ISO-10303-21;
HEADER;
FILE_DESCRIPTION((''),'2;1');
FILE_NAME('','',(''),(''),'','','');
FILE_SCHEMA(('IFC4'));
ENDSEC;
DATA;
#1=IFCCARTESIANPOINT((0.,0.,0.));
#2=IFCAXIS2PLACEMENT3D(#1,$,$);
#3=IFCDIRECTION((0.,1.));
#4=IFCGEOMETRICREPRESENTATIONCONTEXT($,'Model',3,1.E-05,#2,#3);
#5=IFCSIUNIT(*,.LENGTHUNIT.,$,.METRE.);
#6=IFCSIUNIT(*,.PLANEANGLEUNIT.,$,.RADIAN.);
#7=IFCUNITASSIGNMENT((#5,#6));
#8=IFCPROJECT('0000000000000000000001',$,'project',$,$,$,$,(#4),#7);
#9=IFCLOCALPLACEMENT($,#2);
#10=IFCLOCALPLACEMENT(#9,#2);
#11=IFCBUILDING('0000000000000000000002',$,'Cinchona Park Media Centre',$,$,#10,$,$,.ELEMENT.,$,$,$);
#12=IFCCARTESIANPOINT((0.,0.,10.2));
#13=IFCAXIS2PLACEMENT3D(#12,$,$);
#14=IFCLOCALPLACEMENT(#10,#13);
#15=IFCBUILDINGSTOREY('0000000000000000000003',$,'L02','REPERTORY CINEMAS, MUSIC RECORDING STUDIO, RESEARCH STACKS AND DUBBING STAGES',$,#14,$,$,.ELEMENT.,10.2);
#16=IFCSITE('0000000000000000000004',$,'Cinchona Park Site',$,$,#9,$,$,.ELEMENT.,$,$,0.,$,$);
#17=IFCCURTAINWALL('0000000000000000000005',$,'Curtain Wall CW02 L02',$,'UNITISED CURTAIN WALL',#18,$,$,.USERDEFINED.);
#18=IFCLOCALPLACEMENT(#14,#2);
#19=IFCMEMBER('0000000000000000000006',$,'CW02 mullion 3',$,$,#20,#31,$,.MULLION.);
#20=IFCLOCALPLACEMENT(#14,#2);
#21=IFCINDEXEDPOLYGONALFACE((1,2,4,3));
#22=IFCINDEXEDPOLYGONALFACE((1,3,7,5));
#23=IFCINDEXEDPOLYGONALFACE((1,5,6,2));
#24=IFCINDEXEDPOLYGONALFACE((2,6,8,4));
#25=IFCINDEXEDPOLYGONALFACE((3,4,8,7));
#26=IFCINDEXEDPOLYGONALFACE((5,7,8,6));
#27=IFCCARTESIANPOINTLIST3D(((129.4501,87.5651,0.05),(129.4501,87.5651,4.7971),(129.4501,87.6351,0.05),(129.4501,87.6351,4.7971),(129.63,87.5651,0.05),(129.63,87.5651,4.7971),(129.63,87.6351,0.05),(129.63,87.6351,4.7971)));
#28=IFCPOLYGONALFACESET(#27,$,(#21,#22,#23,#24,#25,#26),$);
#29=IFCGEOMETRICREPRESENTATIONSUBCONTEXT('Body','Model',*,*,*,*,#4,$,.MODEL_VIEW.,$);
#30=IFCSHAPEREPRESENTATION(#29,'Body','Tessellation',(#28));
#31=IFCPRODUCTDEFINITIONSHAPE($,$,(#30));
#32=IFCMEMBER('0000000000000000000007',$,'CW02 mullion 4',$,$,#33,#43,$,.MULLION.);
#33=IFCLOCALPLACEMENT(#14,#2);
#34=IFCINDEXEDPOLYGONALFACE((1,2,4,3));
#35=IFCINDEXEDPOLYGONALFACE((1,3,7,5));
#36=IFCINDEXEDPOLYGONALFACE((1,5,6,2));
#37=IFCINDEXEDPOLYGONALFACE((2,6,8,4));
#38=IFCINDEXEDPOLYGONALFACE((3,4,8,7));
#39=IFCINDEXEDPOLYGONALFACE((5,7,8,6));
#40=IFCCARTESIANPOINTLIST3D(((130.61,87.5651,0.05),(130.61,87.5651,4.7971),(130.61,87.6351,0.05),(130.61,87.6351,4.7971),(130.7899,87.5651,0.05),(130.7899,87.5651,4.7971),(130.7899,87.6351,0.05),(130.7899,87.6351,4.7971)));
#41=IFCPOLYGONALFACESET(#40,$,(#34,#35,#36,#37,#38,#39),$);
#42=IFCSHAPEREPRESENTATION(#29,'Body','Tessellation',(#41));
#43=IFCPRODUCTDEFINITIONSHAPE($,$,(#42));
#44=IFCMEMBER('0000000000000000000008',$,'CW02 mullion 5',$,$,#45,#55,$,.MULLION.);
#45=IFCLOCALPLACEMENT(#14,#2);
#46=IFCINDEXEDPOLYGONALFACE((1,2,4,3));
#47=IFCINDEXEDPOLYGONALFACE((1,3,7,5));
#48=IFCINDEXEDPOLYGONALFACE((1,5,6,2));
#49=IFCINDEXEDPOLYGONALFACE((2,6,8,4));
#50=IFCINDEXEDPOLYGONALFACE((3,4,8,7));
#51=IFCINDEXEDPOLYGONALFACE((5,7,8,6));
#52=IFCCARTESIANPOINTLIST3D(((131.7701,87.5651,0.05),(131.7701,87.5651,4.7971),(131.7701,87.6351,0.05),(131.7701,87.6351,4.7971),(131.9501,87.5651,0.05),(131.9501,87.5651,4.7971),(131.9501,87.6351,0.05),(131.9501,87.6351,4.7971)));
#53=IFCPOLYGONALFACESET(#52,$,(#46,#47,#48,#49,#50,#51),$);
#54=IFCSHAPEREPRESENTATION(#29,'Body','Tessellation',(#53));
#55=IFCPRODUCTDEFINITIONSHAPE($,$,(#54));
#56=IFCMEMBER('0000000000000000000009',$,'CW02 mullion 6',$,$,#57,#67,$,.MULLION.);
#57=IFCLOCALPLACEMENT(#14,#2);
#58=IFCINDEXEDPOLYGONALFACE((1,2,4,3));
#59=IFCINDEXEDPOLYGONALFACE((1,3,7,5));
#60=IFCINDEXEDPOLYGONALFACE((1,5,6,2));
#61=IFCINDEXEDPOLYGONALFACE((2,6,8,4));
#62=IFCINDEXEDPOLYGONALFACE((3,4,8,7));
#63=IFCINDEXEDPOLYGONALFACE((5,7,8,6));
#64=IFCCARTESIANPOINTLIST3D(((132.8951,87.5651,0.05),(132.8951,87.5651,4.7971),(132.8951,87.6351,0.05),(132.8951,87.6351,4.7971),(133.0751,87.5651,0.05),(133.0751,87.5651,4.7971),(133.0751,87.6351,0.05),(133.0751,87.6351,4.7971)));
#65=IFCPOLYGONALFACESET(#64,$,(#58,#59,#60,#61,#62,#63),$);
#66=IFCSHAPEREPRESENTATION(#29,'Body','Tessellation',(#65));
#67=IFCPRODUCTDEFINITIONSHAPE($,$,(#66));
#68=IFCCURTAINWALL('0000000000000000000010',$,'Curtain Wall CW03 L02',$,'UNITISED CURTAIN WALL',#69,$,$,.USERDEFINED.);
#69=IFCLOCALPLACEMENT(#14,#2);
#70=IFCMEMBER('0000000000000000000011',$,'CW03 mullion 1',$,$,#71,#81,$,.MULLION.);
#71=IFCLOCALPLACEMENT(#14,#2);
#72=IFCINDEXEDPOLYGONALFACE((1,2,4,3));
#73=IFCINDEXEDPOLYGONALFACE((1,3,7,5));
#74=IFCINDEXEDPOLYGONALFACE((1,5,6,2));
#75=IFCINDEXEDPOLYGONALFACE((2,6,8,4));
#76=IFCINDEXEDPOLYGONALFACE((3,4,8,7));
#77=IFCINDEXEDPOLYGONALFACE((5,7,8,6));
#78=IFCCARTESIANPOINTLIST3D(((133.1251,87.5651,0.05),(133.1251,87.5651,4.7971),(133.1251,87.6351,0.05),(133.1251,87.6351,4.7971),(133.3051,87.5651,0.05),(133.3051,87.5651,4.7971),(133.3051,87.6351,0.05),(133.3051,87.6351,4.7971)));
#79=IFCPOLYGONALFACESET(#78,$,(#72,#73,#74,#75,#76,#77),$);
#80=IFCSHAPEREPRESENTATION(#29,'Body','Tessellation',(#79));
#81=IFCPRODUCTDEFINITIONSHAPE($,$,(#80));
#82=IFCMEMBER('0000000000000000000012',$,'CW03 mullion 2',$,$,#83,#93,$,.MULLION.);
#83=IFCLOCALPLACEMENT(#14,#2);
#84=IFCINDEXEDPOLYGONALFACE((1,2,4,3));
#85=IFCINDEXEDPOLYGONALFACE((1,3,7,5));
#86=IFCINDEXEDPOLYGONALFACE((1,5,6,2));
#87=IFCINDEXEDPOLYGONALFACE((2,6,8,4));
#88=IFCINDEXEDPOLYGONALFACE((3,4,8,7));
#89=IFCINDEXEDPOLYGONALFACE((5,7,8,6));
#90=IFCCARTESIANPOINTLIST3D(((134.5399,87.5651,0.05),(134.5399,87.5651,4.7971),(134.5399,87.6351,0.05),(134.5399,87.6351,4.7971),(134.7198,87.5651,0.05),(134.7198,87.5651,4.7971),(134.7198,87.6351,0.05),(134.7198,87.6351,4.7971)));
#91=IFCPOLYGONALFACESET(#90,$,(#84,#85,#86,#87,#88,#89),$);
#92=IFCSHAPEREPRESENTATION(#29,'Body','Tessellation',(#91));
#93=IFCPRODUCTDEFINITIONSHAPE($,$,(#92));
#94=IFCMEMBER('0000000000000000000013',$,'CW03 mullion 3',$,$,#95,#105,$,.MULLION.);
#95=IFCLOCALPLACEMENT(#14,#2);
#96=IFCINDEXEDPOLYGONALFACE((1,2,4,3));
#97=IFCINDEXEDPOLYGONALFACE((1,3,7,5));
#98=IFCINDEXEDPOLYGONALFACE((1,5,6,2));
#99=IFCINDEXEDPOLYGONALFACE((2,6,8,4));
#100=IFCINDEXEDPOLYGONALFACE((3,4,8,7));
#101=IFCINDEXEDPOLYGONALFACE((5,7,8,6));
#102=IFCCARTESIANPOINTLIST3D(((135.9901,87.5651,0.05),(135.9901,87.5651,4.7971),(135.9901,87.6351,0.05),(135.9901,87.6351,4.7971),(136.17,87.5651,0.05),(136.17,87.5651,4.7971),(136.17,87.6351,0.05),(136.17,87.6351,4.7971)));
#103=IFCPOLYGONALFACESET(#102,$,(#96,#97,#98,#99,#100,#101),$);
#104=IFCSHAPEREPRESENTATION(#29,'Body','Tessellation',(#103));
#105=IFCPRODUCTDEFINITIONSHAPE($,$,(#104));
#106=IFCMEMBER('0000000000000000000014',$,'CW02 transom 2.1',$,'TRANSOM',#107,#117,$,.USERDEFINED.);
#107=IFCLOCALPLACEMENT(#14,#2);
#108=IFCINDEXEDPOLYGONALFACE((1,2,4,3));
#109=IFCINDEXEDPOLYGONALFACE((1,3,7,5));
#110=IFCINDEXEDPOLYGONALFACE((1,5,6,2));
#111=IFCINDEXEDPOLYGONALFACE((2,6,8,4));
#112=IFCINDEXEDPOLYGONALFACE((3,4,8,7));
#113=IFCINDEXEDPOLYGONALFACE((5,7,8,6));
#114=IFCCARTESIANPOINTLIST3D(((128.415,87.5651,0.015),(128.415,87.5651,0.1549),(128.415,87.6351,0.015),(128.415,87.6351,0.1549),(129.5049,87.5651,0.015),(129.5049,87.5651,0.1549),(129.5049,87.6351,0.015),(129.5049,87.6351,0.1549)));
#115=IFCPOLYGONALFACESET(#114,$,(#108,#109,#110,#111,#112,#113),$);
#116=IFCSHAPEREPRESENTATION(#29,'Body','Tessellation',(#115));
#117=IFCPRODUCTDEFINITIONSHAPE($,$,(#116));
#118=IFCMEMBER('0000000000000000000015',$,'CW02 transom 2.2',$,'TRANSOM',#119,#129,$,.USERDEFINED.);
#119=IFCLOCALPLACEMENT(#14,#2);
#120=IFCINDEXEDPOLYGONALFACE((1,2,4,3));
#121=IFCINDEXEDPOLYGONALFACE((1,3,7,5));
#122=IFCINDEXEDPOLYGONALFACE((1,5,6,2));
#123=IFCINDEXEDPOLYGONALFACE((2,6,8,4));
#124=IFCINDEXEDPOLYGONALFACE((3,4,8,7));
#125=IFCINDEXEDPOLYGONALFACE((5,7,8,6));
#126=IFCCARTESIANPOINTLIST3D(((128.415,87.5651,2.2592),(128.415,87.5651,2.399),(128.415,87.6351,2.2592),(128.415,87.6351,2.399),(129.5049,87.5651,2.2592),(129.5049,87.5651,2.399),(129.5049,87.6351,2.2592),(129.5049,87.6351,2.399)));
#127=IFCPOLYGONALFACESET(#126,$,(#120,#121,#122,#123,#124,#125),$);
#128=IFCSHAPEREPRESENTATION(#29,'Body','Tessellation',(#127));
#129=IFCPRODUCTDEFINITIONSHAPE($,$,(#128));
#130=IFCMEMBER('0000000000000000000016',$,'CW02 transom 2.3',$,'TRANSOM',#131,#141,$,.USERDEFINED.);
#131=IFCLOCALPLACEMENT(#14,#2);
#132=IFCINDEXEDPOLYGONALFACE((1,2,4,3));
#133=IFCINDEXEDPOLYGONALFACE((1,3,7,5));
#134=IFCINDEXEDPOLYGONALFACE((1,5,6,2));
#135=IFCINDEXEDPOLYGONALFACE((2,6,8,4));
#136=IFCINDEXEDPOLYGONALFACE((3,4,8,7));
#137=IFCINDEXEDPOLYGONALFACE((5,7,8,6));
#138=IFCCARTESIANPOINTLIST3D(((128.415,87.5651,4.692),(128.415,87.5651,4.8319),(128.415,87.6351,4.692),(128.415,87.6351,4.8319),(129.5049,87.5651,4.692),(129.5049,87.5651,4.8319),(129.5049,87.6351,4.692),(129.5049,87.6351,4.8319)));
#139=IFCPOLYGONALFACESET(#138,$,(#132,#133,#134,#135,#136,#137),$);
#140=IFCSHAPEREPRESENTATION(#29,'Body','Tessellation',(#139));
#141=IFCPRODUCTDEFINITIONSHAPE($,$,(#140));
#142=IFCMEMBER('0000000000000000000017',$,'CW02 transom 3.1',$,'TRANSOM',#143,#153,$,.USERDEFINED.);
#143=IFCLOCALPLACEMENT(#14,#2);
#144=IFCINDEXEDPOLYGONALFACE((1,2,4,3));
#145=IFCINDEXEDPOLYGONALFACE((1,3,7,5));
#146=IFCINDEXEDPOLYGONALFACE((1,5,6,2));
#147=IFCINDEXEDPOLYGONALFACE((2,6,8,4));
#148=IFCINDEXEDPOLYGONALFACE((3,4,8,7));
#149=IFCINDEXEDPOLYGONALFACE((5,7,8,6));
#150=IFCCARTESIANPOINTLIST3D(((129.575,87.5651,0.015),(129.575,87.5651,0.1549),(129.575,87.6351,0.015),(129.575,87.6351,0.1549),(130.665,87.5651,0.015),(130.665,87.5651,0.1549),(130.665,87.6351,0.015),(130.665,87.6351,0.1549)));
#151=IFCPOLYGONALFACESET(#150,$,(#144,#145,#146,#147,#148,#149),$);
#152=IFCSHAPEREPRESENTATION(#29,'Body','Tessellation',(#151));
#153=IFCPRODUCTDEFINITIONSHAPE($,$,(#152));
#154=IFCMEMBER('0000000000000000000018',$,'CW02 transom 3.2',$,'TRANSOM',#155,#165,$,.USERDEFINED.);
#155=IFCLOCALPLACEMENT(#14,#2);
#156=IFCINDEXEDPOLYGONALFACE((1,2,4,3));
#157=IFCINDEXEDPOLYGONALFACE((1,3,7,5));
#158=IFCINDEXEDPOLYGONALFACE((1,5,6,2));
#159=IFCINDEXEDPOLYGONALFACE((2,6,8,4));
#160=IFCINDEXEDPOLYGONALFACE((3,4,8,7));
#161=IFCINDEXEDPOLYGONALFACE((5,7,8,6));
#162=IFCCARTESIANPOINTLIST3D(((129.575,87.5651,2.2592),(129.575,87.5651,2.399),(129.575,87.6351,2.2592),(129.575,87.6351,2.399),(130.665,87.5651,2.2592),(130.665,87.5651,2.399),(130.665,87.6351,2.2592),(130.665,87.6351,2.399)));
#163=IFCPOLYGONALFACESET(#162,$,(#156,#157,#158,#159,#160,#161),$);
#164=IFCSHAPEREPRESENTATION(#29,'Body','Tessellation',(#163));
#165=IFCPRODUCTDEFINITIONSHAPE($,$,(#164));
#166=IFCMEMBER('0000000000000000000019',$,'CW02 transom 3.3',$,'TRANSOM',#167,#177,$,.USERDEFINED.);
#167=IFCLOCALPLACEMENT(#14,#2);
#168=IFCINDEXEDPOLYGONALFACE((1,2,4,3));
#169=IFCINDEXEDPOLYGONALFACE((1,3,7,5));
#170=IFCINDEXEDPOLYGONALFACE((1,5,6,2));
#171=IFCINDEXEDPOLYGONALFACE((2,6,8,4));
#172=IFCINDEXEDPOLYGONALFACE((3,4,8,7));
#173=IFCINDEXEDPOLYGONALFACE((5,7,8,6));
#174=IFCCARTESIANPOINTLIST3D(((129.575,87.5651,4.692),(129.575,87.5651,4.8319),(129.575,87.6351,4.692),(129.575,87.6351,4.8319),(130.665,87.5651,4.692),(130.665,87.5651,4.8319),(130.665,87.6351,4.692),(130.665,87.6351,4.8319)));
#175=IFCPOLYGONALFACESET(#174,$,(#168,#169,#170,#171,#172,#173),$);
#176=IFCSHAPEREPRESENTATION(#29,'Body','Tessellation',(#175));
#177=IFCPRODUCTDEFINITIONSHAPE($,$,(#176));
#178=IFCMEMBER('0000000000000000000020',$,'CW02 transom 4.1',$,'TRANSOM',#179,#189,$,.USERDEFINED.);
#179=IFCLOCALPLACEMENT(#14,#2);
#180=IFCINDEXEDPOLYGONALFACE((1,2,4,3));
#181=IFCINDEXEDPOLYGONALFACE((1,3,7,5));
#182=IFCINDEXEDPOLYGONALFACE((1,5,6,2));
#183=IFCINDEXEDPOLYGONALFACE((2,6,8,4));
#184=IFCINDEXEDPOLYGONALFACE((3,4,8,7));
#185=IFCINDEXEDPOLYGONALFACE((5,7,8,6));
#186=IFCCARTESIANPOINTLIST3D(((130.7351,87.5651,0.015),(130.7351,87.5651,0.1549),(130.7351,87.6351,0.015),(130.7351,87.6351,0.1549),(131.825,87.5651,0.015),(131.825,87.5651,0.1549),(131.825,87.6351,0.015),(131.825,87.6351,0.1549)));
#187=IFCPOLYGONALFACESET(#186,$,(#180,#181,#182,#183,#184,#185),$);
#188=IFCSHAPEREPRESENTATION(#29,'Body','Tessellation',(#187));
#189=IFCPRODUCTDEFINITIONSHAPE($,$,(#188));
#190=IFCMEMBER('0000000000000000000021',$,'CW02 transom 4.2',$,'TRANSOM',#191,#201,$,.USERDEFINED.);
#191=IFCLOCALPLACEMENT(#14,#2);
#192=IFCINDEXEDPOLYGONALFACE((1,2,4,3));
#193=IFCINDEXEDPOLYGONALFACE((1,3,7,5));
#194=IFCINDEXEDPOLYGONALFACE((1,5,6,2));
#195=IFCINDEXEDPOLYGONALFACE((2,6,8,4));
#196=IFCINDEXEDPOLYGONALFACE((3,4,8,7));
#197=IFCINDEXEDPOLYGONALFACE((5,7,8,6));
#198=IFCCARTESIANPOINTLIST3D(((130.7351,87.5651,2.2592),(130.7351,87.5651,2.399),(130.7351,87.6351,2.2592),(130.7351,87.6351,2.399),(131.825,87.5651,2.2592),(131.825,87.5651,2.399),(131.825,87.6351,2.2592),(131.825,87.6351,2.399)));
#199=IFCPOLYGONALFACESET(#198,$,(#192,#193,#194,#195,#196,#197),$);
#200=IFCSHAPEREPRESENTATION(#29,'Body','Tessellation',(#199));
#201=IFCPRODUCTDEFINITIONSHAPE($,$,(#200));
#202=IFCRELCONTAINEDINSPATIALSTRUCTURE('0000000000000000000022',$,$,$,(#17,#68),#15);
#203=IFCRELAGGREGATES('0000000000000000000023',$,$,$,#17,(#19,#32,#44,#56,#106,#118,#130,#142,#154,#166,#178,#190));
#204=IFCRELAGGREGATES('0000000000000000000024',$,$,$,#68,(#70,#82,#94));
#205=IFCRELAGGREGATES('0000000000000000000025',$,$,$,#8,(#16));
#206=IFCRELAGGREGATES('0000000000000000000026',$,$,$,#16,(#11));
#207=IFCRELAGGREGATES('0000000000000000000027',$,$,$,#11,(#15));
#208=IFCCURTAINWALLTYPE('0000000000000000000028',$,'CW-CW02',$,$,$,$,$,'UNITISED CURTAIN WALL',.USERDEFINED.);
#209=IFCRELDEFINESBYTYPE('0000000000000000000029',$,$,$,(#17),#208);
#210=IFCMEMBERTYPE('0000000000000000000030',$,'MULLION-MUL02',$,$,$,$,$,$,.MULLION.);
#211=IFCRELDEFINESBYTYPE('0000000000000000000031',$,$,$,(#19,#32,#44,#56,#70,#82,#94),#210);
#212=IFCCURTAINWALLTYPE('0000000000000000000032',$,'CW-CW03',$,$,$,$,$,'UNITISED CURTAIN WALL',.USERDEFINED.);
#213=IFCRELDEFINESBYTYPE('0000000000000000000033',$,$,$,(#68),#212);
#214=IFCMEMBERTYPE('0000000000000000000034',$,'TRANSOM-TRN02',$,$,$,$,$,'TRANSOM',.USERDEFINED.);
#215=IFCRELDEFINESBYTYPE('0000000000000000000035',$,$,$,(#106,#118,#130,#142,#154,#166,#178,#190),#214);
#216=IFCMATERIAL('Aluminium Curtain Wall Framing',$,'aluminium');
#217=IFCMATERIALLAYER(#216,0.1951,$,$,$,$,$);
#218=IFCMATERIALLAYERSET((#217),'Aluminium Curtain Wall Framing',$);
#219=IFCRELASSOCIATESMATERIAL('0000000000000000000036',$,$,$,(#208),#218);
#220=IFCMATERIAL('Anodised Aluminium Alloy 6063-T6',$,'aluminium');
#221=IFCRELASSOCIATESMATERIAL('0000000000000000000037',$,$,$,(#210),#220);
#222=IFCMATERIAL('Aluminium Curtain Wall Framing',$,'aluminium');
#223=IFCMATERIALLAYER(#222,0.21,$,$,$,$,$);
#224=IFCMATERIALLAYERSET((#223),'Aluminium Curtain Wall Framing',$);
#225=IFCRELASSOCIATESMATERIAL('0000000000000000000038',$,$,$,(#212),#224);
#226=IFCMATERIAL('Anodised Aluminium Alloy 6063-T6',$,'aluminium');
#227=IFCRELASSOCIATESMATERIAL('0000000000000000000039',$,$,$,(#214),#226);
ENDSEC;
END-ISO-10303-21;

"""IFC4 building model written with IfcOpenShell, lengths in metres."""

from ifc_helpers import new_model, si_unit, direction, frame, origin, origin_2d, place, context, subcontext, project, spatial, rectangle, extrude, material, layer, layer_set, material_profile, profile_set, type_object, element, aggregate, save


model = new_model("IFC4")

# Units and contexts
model_context = context("Model", 3, precision=1e-05, world=origin(), true_north=direction((0.0, 1.0)))
body_context = subcontext(model_context, "Body", "Model", "MODEL_VIEW")
ifc_project = project(units=[si_unit("LENGTHUNIT", "METRE"), si_unit("PLANEANGLEUNIT", "RADIAN")], contexts=[model_context])

# Site, building, storey
site_placement = place(None, origin())
site = spatial("IfcSite", under=ifc_project, at=site_placement, Name="Cinchona Park Site", CompositionType="ELEMENT", RefElevation=0.0)
building_placement = place(site_placement, origin())
building = spatial("IfcBuilding", under=site, at=building_placement, Name="Cinchona Park Media Centre", CompositionType="ELEMENT")
storey_placement = place(building_placement, frame((0.0, 0.0, 10.2)))
storey = spatial("IfcBuildingStorey", under=building, at=storey_placement, Name="L02", Description="REPERTORY CINEMAS, MUSIC RECORDING STUDIO, RESEARCH STACKS AND DUBBING STAGES", CompositionType="ELEMENT", Elevation=10.2)

# Curtain walls, members
ifc_material_1 = material(Name="Aluminium Curtain Wall Framing", Category="aluminium")
ifc_layer_1 = layer(ifc_material_1, 0.1951)
ifc_layer_set_1 = layer_set([ifc_layer_1], Name="Aluminium Curtain Wall Framing")
curtain_wall_type_1 = type_object("IfcCurtainWallType", Name="CW-CW02", ElementType="UNITISED CURTAIN WALL", PredefinedType="USERDEFINED", material=ifc_layer_set_1)
curtain_wall_1_placement = place(storey_placement, origin())
curtain_wall_1 = element("IfcCurtainWall", 1, at=curtain_wall_1_placement, inside=storey, type_object=curtain_wall_type_1, Name="Curtain Wall CW02 L02", ObjectType="UNITISED CURTAIN WALL", PredefinedType="USERDEFINED")
ifc_material_2 = material(Name="Anodised Aluminium Alloy 6063-T6", Category="aluminium")
ifc_material_profile_1 = material_profile(ifc_material_2, rectangle(XDim=0.0701, YDim=0.1799, at=origin_2d()), Name="MUL-70X180")
ifc_profile_set_1 = profile_set([ifc_material_profile_1], Name="Anodised Aluminium Alloy 6063-T6")
member_type_1 = type_object("IfcMemberType", Name="MULLION-MUL02", PredefinedType="MULLION", material=ifc_profile_set_1)
member_1_placement = place(storey_placement, frame((129.54, 87.6001, 0.05), z_axis=(0.0, 0.0, 1.0), x_axis=(0.0, 1.0, 0.0)))
member_1 = element("IfcMember", 2, at=member_1_placement, type_object=member_type_1, Name="CW02 mullion 3", PredefinedType="MULLION", context=body_context, shape_type="SweptSolid", body=[
    extrude(rectangle(XDim=0.0701, YDim=0.1799, at=origin_2d()), origin(), (0.0, 0.0, 1.0), 4.7471),
])
member_2_placement = place(storey_placement, frame((130.7, 87.6001, 0.05), z_axis=(0.0, 0.0, 1.0), x_axis=(0.0, 1.0, 0.0)))
member_2 = element("IfcMember", 3, at=member_2_placement, type_object=member_type_1, Name="CW02 mullion 4", PredefinedType="MULLION", context=body_context, shape_type="SweptSolid", body=[
    extrude(rectangle(XDim=0.0701, YDim=0.1799, at=origin_2d()), origin(), (0.0, 0.0, 1.0), 4.7471),
])
member_3_placement = place(storey_placement, frame((131.8601, 87.6001, 0.05), z_axis=(0.0, 0.0, 1.0), x_axis=(0.0, 1.0, 0.0)))
member_3 = element("IfcMember", 4, at=member_3_placement, type_object=member_type_1, Name="CW02 mullion 5", PredefinedType="MULLION", context=body_context, shape_type="SweptSolid", body=[
    extrude(rectangle(XDim=0.0701, YDim=0.1799, at=origin_2d()), origin(), (0.0, 0.0, 1.0), 4.7471),
])
member_4_placement = place(storey_placement, frame((132.9851, 87.6001, 0.05), z_axis=(0.0, 0.0, 1.0), x_axis=(0.0, 1.0, 0.0)))
member_4 = element("IfcMember", 5, at=member_4_placement, type_object=member_type_1, Name="CW02 mullion 6", PredefinedType="MULLION", context=body_context, shape_type="SweptSolid", body=[
    extrude(rectangle(XDim=0.0701, YDim=0.1799, at=origin_2d()), origin(), (0.0, 0.0, 1.0), 4.7471),
])
ifc_material_3 = material(Name="Aluminium Curtain Wall Framing", Category="aluminium")
ifc_layer_2 = layer(ifc_material_3, 0.21)
ifc_layer_set_2 = layer_set([ifc_layer_2], Name="Aluminium Curtain Wall Framing")
curtain_wall_type_2 = type_object("IfcCurtainWallType", Name="CW-CW03", ElementType="UNITISED CURTAIN WALL", PredefinedType="USERDEFINED", material=ifc_layer_set_2)
curtain_wall_2_placement = place(storey_placement, origin())
curtain_wall_2 = element("IfcCurtainWall", 6, at=curtain_wall_2_placement, inside=storey, type_object=curtain_wall_type_2, Name="Curtain Wall CW03 L02", ObjectType="UNITISED CURTAIN WALL", PredefinedType="USERDEFINED")
member_5_placement = place(storey_placement, frame((133.2151, 87.6001, 0.05), z_axis=(0.0, 0.0, 1.0), x_axis=(0.0, 1.0, 0.0)))
member_5 = element("IfcMember", 7, at=member_5_placement, type_object=member_type_1, Name="CW03 mullion 1", PredefinedType="MULLION", context=body_context, shape_type="SweptSolid", body=[
    extrude(rectangle(XDim=0.0701, YDim=0.1799, at=origin_2d()), origin(), (0.0, 0.0, 1.0), 4.7471),
])
member_6_placement = place(storey_placement, frame((134.6299, 87.6001, 0.05), z_axis=(0.0, 0.0, 1.0), x_axis=(0.0, 1.0, 0.0)))
member_6 = element("IfcMember", 8, at=member_6_placement, type_object=member_type_1, Name="CW03 mullion 2", PredefinedType="MULLION", context=body_context, shape_type="SweptSolid", body=[
    extrude(rectangle(XDim=0.0701, YDim=0.1799, at=origin_2d()), origin(), (0.0, 0.0, 1.0), 4.7471),
])
member_7_placement = place(storey_placement, frame((136.0801, 87.6001, 0.05), z_axis=(0.0, 0.0, 1.0), x_axis=(0.0, 1.0, 0.0)))
member_7 = element("IfcMember", 9, at=member_7_placement, type_object=member_type_1, Name="CW03 mullion 3", PredefinedType="MULLION", context=body_context, shape_type="SweptSolid", body=[
    extrude(rectangle(XDim=0.0701, YDim=0.1799, at=origin_2d()), origin(), (0.0, 0.0, 1.0), 4.7471),
])

# Members
ifc_material_4 = material(Name="Anodised Aluminium Alloy 6063-T6", Category="aluminium")
ifc_material_profile_2 = material_profile(ifc_material_4, rectangle(XDim=0.0701, YDim=0.1399, at=origin_2d()), Name="TRN-70X140")
ifc_profile_set_2 = profile_set([ifc_material_profile_2], Name="Anodised Aluminium Alloy 6063-T6")
member_type_2 = type_object("IfcMemberType", Name="TRANSOM-TRN02", ElementType="TRANSOM", PredefinedType="USERDEFINED", material=ifc_profile_set_2)
member_8_placement = place(storey_placement, frame((128.415, 87.6001, 0.085), z_axis=(1.0, 0.0, 0.0), x_axis=(0.0, 1.0, 0.0)))
member_8 = element("IfcMember", 10, at=member_8_placement, type_object=member_type_2, Name="CW02 transom 2.1", ObjectType="TRANSOM", PredefinedType="USERDEFINED", context=body_context, shape_type="SweptSolid", body=[
    extrude(rectangle(XDim=0.0701, YDim=0.1399, at=origin_2d()), origin(), (0.0, 0.0, 1.0), 1.0898),
])
member_9_placement = place(storey_placement, frame((128.415, 87.6001, 2.3291), z_axis=(1.0, 0.0, 0.0), x_axis=(0.0, 1.0, 0.0)))
member_9 = element("IfcMember", 11, at=member_9_placement, type_object=member_type_2, Name="CW02 transom 2.2", ObjectType="TRANSOM", PredefinedType="USERDEFINED", context=body_context, shape_type="SweptSolid", body=[
    extrude(rectangle(XDim=0.0701, YDim=0.1399, at=origin_2d()), origin(), (0.0, 0.0, 1.0), 1.0898),
])
member_10_placement = place(storey_placement, frame((128.415, 87.6001, 4.762), z_axis=(1.0, 0.0, 0.0), x_axis=(0.0, 1.0, 0.0)))
member_10 = element("IfcMember", 12, at=member_10_placement, type_object=member_type_2, Name="CW02 transom 2.3", ObjectType="TRANSOM", PredefinedType="USERDEFINED", context=body_context, shape_type="SweptSolid", body=[
    extrude(rectangle(XDim=0.0701, YDim=0.1399, at=origin_2d()), origin(), (0.0, 0.0, 1.0), 1.0898),
])
member_11_placement = place(storey_placement, frame((129.575, 87.6001, 0.085), z_axis=(1.0, 0.0, 0.0), x_axis=(0.0, 1.0, 0.0)))
member_11 = element("IfcMember", 13, at=member_11_placement, type_object=member_type_2, Name="CW02 transom 3.1", ObjectType="TRANSOM", PredefinedType="USERDEFINED", context=body_context, shape_type="SweptSolid", body=[
    extrude(rectangle(XDim=0.0701, YDim=0.1399, at=origin_2d()), origin(), (0.0, 0.0, 1.0), 1.0901),
])
member_12_placement = place(storey_placement, frame((129.575, 87.6001, 2.3291), z_axis=(1.0, 0.0, 0.0), x_axis=(0.0, 1.0, 0.0)))
member_12 = element("IfcMember", 14, at=member_12_placement, type_object=member_type_2, Name="CW02 transom 3.2", ObjectType="TRANSOM", PredefinedType="USERDEFINED", context=body_context, shape_type="SweptSolid", body=[
    extrude(rectangle(XDim=0.0701, YDim=0.1399, at=origin_2d()), origin(), (0.0, 0.0, 1.0), 1.0901),
])
member_13_placement = place(storey_placement, frame((129.575, 87.6001, 4.762), z_axis=(1.0, 0.0, 0.0), x_axis=(0.0, 1.0, 0.0)))
member_13 = element("IfcMember", 15, at=member_13_placement, type_object=member_type_2, Name="CW02 transom 3.3", ObjectType="TRANSOM", PredefinedType="USERDEFINED", context=body_context, shape_type="SweptSolid", body=[
    extrude(rectangle(XDim=0.0701, YDim=0.1399, at=origin_2d()), origin(), (0.0, 0.0, 1.0), 1.0901),
])
member_14_placement = place(storey_placement, frame((130.7351, 87.6001, 0.085), z_axis=(1.0, 0.0, 0.0), x_axis=(0.0, 1.0, 0.0)))
member_14 = element("IfcMember", 16, at=member_14_placement, type_object=member_type_2, Name="CW02 transom 4.1", ObjectType="TRANSOM", PredefinedType="USERDEFINED", context=body_context, shape_type="SweptSolid", body=[
    extrude(rectangle(XDim=0.0701, YDim=0.1399, at=origin_2d()), origin(), (0.0, 0.0, 1.0), 1.0898),
])
member_15_placement = place(storey_placement, frame((130.7351, 87.6001, 2.3291), z_axis=(1.0, 0.0, 0.0), x_axis=(0.0, 1.0, 0.0)))
member_15 = element("IfcMember", 17, at=member_15_placement, type_object=member_type_2, Name="CW02 transom 4.2", ObjectType="TRANSOM", PredefinedType="USERDEFINED", context=body_context, shape_type="SweptSolid", body=[
    extrude(rectangle(XDim=0.0701, YDim=0.1399, at=origin_2d()), origin(), (0.0, 0.0, 1.0), 1.0898),
])

aggregate(curtain_wall_1, [member_1, member_2, member_3, member_4, member_8, member_9, member_10, member_11, member_12, member_13, member_14, member_15])
aggregate(curtain_wall_2, [member_5, member_6, member_7])

save(model, "model.ifc")
